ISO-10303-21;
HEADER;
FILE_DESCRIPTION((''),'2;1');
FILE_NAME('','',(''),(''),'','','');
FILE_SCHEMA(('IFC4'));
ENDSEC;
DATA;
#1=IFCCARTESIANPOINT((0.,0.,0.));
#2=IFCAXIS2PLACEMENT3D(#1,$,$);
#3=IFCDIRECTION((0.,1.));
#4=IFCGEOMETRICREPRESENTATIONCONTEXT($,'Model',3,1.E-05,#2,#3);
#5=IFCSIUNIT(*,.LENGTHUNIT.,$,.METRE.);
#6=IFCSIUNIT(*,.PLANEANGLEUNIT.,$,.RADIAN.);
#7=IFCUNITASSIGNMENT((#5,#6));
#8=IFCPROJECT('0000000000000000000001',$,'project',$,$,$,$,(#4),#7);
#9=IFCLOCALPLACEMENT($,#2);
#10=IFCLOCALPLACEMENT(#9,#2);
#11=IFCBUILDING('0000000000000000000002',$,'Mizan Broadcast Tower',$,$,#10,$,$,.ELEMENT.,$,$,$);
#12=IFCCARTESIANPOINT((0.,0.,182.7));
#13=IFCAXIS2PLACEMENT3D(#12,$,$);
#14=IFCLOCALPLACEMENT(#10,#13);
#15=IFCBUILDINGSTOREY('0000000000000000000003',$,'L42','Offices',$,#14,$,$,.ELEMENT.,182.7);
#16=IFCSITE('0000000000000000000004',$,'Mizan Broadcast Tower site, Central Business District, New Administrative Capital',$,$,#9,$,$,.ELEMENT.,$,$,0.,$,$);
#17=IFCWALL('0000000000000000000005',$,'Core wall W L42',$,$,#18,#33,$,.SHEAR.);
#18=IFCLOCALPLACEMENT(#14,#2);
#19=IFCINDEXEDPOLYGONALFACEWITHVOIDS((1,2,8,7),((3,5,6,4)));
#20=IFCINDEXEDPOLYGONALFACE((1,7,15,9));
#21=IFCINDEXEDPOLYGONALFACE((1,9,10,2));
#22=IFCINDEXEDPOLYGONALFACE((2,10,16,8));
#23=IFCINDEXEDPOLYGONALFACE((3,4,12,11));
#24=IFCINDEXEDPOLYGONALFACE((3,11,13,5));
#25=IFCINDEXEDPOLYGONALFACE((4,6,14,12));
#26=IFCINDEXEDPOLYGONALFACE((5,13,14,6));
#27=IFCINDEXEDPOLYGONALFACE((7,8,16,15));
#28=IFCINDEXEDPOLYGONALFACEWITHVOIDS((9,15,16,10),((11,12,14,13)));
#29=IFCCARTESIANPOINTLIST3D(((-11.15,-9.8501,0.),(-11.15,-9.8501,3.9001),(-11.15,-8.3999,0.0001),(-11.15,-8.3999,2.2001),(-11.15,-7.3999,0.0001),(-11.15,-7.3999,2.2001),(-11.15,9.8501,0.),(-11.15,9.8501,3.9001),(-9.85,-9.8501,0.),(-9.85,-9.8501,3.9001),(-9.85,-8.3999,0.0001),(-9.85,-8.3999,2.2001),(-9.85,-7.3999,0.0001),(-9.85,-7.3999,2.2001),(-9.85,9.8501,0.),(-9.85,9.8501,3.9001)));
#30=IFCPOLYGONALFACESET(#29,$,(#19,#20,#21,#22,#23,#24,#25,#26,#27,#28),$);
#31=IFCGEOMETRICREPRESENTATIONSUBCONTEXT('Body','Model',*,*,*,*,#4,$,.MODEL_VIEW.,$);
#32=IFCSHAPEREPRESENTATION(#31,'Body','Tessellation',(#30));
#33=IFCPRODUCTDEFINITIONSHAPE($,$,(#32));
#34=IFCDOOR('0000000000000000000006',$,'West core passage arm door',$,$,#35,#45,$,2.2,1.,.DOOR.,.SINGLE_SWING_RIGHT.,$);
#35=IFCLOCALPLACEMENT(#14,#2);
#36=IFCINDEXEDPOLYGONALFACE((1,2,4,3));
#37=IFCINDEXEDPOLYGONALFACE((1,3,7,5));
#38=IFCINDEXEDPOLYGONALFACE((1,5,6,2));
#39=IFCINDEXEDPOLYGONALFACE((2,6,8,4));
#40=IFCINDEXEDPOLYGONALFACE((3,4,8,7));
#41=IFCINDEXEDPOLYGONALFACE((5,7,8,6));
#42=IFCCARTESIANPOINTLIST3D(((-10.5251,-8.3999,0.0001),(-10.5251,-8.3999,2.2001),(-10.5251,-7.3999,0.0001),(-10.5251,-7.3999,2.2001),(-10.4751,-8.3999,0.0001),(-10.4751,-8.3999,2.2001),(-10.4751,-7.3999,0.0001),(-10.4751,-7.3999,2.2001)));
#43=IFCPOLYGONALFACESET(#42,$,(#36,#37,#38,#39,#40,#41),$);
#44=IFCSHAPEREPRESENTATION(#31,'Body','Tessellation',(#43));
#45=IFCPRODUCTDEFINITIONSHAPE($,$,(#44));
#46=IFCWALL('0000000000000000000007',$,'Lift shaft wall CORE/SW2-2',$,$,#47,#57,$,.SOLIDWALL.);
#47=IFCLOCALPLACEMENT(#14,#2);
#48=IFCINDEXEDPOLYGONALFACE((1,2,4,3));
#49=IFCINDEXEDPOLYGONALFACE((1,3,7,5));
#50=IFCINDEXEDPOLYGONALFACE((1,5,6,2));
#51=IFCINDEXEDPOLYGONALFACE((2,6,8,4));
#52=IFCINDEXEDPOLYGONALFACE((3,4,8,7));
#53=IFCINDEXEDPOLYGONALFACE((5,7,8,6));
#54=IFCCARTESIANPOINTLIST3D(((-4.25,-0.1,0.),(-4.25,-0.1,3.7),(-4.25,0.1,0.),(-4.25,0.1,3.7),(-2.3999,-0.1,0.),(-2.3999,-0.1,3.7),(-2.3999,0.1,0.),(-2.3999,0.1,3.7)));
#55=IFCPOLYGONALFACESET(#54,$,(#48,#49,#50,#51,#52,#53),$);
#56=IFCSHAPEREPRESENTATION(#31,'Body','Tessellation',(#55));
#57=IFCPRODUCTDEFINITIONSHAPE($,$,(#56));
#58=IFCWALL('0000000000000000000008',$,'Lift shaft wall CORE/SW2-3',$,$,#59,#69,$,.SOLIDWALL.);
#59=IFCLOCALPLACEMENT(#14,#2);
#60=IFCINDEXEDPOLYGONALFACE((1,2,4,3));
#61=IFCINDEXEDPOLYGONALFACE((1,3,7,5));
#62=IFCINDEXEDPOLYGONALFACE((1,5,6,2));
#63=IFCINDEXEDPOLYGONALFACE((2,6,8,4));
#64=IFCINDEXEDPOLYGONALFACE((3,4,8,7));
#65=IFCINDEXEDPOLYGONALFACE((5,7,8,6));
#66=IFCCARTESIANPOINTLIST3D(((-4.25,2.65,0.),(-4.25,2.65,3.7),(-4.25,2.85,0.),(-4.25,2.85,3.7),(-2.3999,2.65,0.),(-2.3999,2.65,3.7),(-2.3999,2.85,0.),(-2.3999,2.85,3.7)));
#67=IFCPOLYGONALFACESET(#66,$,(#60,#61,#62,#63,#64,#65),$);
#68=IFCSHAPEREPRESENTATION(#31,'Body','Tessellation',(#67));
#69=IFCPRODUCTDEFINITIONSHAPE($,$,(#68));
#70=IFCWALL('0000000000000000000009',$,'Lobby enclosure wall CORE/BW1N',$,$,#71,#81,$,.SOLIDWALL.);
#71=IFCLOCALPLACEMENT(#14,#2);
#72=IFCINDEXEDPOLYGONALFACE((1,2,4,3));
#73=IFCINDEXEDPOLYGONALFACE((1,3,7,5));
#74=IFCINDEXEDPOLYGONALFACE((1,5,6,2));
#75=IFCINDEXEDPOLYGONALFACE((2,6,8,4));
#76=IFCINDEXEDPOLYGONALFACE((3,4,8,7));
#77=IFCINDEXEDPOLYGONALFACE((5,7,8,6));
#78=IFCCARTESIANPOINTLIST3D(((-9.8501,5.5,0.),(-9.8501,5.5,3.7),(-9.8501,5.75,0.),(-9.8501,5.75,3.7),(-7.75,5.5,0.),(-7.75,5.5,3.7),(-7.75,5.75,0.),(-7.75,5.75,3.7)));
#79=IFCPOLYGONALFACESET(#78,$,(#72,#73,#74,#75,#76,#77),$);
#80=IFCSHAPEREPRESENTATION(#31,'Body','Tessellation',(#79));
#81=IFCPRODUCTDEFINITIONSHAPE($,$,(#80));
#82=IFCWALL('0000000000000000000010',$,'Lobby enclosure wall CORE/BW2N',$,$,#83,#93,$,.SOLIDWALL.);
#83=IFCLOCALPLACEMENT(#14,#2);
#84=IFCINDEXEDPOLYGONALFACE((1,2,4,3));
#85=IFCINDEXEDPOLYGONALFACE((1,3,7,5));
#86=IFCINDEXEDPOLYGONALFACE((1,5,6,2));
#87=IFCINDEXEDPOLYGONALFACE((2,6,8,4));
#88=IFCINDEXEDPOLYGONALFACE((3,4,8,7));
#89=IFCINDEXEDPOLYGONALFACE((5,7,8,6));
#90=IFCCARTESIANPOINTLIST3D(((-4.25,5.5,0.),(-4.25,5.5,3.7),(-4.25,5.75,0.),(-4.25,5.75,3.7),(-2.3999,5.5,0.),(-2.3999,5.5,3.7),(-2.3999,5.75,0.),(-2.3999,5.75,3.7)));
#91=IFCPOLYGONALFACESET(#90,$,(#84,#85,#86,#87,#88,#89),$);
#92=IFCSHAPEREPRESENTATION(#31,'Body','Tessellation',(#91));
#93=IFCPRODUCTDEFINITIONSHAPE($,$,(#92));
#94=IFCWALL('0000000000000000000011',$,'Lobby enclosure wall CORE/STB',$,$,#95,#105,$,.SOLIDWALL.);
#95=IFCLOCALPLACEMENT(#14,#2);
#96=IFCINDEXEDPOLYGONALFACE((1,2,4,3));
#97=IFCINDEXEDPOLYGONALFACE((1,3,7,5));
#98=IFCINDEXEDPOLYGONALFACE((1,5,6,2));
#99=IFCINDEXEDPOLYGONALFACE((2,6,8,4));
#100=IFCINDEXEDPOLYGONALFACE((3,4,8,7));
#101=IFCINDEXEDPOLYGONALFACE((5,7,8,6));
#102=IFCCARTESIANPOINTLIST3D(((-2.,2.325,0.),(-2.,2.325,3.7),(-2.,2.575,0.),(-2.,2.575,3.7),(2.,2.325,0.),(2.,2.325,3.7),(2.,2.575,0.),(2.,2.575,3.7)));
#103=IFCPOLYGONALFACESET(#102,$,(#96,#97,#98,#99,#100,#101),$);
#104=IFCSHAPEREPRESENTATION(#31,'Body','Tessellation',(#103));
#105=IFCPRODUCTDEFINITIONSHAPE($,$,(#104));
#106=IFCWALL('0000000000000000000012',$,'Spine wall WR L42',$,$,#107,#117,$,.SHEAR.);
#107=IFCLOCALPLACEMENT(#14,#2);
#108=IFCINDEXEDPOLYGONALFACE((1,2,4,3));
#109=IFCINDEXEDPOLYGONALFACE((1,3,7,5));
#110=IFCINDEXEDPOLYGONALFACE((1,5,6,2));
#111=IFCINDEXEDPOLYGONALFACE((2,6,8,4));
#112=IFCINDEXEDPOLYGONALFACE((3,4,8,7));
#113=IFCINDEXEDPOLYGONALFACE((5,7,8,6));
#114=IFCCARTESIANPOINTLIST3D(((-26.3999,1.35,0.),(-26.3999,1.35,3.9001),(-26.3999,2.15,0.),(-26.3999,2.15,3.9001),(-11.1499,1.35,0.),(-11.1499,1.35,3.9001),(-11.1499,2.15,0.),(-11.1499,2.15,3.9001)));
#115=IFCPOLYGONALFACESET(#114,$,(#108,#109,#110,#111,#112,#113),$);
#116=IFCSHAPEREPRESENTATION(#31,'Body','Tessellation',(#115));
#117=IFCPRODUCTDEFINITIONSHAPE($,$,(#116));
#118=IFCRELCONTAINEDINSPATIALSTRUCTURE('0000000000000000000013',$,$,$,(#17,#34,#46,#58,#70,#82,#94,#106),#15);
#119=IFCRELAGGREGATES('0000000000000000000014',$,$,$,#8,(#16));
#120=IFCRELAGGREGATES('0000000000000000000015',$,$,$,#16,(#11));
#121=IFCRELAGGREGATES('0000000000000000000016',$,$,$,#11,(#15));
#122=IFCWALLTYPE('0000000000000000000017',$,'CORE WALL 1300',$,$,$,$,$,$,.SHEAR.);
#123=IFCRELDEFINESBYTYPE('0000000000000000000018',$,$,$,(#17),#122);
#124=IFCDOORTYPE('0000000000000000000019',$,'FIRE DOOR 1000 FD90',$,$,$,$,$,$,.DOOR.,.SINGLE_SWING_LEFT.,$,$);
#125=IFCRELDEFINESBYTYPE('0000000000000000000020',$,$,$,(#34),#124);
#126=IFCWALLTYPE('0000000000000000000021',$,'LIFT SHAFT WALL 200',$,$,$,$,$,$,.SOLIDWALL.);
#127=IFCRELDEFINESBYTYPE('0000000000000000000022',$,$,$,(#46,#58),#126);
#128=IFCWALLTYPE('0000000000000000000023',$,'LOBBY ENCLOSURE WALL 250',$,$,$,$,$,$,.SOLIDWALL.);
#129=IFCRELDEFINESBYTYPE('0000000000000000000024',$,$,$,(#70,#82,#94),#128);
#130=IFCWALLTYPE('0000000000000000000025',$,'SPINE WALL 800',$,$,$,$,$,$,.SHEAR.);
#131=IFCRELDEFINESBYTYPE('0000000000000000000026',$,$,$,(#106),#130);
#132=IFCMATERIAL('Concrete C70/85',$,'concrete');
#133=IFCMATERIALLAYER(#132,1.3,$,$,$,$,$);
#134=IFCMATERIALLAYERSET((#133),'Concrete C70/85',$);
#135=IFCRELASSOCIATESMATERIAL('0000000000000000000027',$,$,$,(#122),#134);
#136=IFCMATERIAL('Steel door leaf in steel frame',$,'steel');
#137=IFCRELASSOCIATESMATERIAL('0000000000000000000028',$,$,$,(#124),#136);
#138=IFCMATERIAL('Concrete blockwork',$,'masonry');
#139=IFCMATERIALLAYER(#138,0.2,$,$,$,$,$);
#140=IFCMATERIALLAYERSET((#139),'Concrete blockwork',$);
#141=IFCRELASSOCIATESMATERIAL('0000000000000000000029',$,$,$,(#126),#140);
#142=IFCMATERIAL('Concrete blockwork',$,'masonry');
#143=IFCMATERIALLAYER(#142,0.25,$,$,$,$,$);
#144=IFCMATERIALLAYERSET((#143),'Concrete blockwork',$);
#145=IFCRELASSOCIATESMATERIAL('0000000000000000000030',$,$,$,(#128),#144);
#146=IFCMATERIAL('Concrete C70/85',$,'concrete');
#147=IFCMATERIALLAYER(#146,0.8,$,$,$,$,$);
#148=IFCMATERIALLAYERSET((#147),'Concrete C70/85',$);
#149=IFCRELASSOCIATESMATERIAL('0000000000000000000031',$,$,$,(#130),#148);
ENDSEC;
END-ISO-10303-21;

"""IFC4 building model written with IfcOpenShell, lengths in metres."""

from ifc_helpers import new_model, si_unit, direction, frame, frame_2d, origin, place, context, subcontext, project, spatial, rectangle, extrude, material, layer, layer_set, type_object, element, fill, save


model = new_model("IFC4")

# Units and contexts
model_context = context("Model", 3, precision=1e-05, world=origin(), true_north=direction((0.0, 1.0)))
body_context = subcontext(model_context, "Body", "Model", "MODEL_VIEW")
ifc_project = project(units=[si_unit("LENGTHUNIT", "METRE"), si_unit("PLANEANGLEUNIT", "RADIAN")], contexts=[model_context])

# Site, building, storey
site_placement = place(None, origin())
site = spatial("IfcSite", under=ifc_project, at=site_placement, Name="Mizan Broadcast Tower site, Central Business District, New Administrative Capital", CompositionType="ELEMENT", RefElevation=0.0)
building_placement = place(site_placement, origin())
building = spatial("IfcBuilding", under=site, at=building_placement, Name="Mizan Broadcast Tower", CompositionType="ELEMENT")
storey_placement = place(building_placement, frame((0.0, 0.0, 182.7)))
storey = spatial("IfcBuildingStorey", under=building, at=storey_placement, Name="L42", Description="Offices", CompositionType="ELEMENT", Elevation=182.7)

# Shared definitions
ifc_material_1 = material(Name="Concrete C70/85", Category="concrete")
ifc_layer_1 = layer(ifc_material_1, 1.3)
ifc_layer_set_1 = layer_set([ifc_layer_1], Name="Concrete C70/85")
wall_type_1 = type_object("IfcWallType", Name="CORE WALL 1300", PredefinedType="SHEAR", material=ifc_layer_set_1)

# Wall, opening, door
wall_1_placement = place(storey_placement, frame((-10.5, 9.8501, 0.0), z_axis=(0.0, 0.0, 1.0), x_axis=(0.0, -1.0, 0.0)))
wall_1 = element("IfcWall", 1, at=wall_1_placement, inside=storey, type_object=wall_type_1, Name="Core wall W L42", PredefinedType="SHEAR", context=body_context, shape_type="SweptSolid", body=[
    extrude(rectangle(XDim=19.7002, YDim=1.3, at=frame_2d((9.8501, 0.0))), origin(), (0.0, 0.0, 1.0), 3.9001),
])
opening_1_placement = place(wall_1_placement, frame((17.25, 0.0, 0.0)))
opening_1 = element("IfcOpeningElement", 2, at=opening_1_placement, cuts=wall_1, PredefinedType="OPENING", context=body_context, shape_type="SweptSolid", body=[
    extrude(rectangle(XDim=1.0, YDim=2.2, at=frame_2d((0.5, 1.1001))), frame((0.0, 0.6599, 0.0), z_axis=(0.0, -1.0, 0.0), x_axis=(1.0, 0.0, 0.0)), (0.0, 0.0, 1.0), 1.3201),
])
ifc_material_2 = material(Name="Steel door leaf in steel frame", Category="steel")
door_type_1 = type_object("IfcDoorType", Name="FIRE DOOR 1000 FD90", OperationType="SINGLE_SWING_LEFT", PredefinedType="DOOR", material=ifc_material_2)
door_1_placement = place(opening_1_placement, origin())
door_1 = element("IfcDoor", 3, at=door_1_placement, inside=storey, type_object=door_type_1, Name="West core passage arm door", OperationType="SINGLE_SWING_RIGHT", OverallHeight=2.2, OverallWidth=1.0, PredefinedType="DOOR", context=body_context, shape_type="SweptSolid", body=[
    extrude(rectangle(XDim=1.0, YDim=2.2, at=frame_2d((0.5, 1.1001))), frame((0.0, 0.0249, 0.0), z_axis=(0.0, -1.0, 0.0), x_axis=(1.0, 0.0, 0.0)), (0.0, 0.0, 1.0), 0.05),
])
fill(opening_1, door_1)

# Walls
ifc_material_3 = material(Name="Concrete blockwork", Category="masonry")
ifc_layer_2 = layer(ifc_material_3, 0.2)
ifc_layer_set_2 = layer_set([ifc_layer_2], Name="Concrete blockwork")
wall_type_2 = type_object("IfcWallType", Name="LIFT SHAFT WALL 200", PredefinedType="SOLIDWALL", material=ifc_layer_set_2)
for number, where, z_axis, x_axis, name in (
    (4, (-4.25, 0.0, 0.0), (0.0, 0.0, 1.0), (1.0, 0.0, 0.0), "Lift shaft wall CORE/SW2-2"),
    (5, (-4.25, 2.75, 0.0), (0.0, 0.0, 1.0), (1.0, 0.0, 0.0), "Lift shaft wall CORE/SW2-3"),
):
    element("IfcWall", number, at=place(storey_placement, frame(where, z_axis=z_axis, x_axis=x_axis)), inside=storey, type_object=wall_type_2, Name=name, PredefinedType="SOLIDWALL", context=body_context, shape_type="SweptSolid", body=[
        extrude(rectangle(XDim=1.8501, YDim=0.2, at=frame_2d((0.925, 0.0))), origin(), (0.0, 0.0, 1.0), 3.7),
    ])
ifc_material_4 = material(Name="Concrete blockwork", Category="masonry")
ifc_layer_3 = layer(ifc_material_4, 0.25)
ifc_layer_set_3 = layer_set([ifc_layer_3], Name="Concrete blockwork")
wall_type_3 = type_object("IfcWallType", Name="LOBBY ENCLOSURE WALL 250", PredefinedType="SOLIDWALL", material=ifc_layer_set_3)
wall_2_placement = place(storey_placement, frame((-9.8501, 5.625, 0.0), z_axis=(0.0, 0.0, 1.0), x_axis=(1.0, 0.0, 0.0)))
element("IfcWall", 6, at=wall_2_placement, inside=storey, type_object=wall_type_3, Name="Lobby enclosure wall CORE/BW1N", PredefinedType="SOLIDWALL", context=body_context, shape_type="SweptSolid", body=[
    extrude(rectangle(XDim=2.1001, YDim=0.25, at=frame_2d((1.05, 0.0))), origin(), (0.0, 0.0, 1.0), 3.7),
])
wall_3_placement = place(storey_placement, frame((-4.25, 5.625, 0.0), z_axis=(0.0, 0.0, 1.0), x_axis=(1.0, 0.0, 0.0)))
element("IfcWall", 7, at=wall_3_placement, inside=storey, type_object=wall_type_3, Name="Lobby enclosure wall CORE/BW2N", PredefinedType="SOLIDWALL", context=body_context, shape_type="SweptSolid", body=[
    extrude(rectangle(XDim=1.8501, YDim=0.25, at=frame_2d((0.925, 0.0))), origin(), (0.0, 0.0, 1.0), 3.7),
])
wall_4_placement = place(storey_placement, frame((-2.0, 2.45, 0.0), z_axis=(0.0, 0.0, 1.0), x_axis=(1.0, 0.0, 0.0)))
element("IfcWall", 8, at=wall_4_placement, inside=storey, type_object=wall_type_3, Name="Lobby enclosure wall CORE/STB", PredefinedType="SOLIDWALL", context=body_context, shape_type="SweptSolid", body=[
    extrude(rectangle(XDim=4.0, YDim=0.25, at=frame_2d((2.0, 0.0))), origin(), (0.0, 0.0, 1.0), 3.7),
])
ifc_material_5 = material(Name="Concrete C70/85", Category="concrete")
ifc_layer_4 = layer(ifc_material_5, 0.8)
ifc_layer_set_4 = layer_set([ifc_layer_4], Name="Concrete C70/85")
wall_type_4 = type_object("IfcWallType", Name="SPINE WALL 800", PredefinedType="SHEAR", material=ifc_layer_set_4)
wall_5_placement = place(storey_placement, frame((-11.1499, 1.75, 0.0), z_axis=(0.0, 0.0, 1.0), x_axis=(-1.0, 0.0, 0.0)))
element("IfcWall", 9, at=wall_5_placement, inside=storey, type_object=wall_type_4, Name="Spine wall WR L42", PredefinedType="SHEAR", context=body_context, shape_type="SweptSolid", body=[
    extrude(rectangle(XDim=15.25, YDim=0.8, at=frame_2d((7.625, 0.0))), origin(), (0.0, 0.0, 1.0), 3.9001),
])

save(model, "model.ifc")
